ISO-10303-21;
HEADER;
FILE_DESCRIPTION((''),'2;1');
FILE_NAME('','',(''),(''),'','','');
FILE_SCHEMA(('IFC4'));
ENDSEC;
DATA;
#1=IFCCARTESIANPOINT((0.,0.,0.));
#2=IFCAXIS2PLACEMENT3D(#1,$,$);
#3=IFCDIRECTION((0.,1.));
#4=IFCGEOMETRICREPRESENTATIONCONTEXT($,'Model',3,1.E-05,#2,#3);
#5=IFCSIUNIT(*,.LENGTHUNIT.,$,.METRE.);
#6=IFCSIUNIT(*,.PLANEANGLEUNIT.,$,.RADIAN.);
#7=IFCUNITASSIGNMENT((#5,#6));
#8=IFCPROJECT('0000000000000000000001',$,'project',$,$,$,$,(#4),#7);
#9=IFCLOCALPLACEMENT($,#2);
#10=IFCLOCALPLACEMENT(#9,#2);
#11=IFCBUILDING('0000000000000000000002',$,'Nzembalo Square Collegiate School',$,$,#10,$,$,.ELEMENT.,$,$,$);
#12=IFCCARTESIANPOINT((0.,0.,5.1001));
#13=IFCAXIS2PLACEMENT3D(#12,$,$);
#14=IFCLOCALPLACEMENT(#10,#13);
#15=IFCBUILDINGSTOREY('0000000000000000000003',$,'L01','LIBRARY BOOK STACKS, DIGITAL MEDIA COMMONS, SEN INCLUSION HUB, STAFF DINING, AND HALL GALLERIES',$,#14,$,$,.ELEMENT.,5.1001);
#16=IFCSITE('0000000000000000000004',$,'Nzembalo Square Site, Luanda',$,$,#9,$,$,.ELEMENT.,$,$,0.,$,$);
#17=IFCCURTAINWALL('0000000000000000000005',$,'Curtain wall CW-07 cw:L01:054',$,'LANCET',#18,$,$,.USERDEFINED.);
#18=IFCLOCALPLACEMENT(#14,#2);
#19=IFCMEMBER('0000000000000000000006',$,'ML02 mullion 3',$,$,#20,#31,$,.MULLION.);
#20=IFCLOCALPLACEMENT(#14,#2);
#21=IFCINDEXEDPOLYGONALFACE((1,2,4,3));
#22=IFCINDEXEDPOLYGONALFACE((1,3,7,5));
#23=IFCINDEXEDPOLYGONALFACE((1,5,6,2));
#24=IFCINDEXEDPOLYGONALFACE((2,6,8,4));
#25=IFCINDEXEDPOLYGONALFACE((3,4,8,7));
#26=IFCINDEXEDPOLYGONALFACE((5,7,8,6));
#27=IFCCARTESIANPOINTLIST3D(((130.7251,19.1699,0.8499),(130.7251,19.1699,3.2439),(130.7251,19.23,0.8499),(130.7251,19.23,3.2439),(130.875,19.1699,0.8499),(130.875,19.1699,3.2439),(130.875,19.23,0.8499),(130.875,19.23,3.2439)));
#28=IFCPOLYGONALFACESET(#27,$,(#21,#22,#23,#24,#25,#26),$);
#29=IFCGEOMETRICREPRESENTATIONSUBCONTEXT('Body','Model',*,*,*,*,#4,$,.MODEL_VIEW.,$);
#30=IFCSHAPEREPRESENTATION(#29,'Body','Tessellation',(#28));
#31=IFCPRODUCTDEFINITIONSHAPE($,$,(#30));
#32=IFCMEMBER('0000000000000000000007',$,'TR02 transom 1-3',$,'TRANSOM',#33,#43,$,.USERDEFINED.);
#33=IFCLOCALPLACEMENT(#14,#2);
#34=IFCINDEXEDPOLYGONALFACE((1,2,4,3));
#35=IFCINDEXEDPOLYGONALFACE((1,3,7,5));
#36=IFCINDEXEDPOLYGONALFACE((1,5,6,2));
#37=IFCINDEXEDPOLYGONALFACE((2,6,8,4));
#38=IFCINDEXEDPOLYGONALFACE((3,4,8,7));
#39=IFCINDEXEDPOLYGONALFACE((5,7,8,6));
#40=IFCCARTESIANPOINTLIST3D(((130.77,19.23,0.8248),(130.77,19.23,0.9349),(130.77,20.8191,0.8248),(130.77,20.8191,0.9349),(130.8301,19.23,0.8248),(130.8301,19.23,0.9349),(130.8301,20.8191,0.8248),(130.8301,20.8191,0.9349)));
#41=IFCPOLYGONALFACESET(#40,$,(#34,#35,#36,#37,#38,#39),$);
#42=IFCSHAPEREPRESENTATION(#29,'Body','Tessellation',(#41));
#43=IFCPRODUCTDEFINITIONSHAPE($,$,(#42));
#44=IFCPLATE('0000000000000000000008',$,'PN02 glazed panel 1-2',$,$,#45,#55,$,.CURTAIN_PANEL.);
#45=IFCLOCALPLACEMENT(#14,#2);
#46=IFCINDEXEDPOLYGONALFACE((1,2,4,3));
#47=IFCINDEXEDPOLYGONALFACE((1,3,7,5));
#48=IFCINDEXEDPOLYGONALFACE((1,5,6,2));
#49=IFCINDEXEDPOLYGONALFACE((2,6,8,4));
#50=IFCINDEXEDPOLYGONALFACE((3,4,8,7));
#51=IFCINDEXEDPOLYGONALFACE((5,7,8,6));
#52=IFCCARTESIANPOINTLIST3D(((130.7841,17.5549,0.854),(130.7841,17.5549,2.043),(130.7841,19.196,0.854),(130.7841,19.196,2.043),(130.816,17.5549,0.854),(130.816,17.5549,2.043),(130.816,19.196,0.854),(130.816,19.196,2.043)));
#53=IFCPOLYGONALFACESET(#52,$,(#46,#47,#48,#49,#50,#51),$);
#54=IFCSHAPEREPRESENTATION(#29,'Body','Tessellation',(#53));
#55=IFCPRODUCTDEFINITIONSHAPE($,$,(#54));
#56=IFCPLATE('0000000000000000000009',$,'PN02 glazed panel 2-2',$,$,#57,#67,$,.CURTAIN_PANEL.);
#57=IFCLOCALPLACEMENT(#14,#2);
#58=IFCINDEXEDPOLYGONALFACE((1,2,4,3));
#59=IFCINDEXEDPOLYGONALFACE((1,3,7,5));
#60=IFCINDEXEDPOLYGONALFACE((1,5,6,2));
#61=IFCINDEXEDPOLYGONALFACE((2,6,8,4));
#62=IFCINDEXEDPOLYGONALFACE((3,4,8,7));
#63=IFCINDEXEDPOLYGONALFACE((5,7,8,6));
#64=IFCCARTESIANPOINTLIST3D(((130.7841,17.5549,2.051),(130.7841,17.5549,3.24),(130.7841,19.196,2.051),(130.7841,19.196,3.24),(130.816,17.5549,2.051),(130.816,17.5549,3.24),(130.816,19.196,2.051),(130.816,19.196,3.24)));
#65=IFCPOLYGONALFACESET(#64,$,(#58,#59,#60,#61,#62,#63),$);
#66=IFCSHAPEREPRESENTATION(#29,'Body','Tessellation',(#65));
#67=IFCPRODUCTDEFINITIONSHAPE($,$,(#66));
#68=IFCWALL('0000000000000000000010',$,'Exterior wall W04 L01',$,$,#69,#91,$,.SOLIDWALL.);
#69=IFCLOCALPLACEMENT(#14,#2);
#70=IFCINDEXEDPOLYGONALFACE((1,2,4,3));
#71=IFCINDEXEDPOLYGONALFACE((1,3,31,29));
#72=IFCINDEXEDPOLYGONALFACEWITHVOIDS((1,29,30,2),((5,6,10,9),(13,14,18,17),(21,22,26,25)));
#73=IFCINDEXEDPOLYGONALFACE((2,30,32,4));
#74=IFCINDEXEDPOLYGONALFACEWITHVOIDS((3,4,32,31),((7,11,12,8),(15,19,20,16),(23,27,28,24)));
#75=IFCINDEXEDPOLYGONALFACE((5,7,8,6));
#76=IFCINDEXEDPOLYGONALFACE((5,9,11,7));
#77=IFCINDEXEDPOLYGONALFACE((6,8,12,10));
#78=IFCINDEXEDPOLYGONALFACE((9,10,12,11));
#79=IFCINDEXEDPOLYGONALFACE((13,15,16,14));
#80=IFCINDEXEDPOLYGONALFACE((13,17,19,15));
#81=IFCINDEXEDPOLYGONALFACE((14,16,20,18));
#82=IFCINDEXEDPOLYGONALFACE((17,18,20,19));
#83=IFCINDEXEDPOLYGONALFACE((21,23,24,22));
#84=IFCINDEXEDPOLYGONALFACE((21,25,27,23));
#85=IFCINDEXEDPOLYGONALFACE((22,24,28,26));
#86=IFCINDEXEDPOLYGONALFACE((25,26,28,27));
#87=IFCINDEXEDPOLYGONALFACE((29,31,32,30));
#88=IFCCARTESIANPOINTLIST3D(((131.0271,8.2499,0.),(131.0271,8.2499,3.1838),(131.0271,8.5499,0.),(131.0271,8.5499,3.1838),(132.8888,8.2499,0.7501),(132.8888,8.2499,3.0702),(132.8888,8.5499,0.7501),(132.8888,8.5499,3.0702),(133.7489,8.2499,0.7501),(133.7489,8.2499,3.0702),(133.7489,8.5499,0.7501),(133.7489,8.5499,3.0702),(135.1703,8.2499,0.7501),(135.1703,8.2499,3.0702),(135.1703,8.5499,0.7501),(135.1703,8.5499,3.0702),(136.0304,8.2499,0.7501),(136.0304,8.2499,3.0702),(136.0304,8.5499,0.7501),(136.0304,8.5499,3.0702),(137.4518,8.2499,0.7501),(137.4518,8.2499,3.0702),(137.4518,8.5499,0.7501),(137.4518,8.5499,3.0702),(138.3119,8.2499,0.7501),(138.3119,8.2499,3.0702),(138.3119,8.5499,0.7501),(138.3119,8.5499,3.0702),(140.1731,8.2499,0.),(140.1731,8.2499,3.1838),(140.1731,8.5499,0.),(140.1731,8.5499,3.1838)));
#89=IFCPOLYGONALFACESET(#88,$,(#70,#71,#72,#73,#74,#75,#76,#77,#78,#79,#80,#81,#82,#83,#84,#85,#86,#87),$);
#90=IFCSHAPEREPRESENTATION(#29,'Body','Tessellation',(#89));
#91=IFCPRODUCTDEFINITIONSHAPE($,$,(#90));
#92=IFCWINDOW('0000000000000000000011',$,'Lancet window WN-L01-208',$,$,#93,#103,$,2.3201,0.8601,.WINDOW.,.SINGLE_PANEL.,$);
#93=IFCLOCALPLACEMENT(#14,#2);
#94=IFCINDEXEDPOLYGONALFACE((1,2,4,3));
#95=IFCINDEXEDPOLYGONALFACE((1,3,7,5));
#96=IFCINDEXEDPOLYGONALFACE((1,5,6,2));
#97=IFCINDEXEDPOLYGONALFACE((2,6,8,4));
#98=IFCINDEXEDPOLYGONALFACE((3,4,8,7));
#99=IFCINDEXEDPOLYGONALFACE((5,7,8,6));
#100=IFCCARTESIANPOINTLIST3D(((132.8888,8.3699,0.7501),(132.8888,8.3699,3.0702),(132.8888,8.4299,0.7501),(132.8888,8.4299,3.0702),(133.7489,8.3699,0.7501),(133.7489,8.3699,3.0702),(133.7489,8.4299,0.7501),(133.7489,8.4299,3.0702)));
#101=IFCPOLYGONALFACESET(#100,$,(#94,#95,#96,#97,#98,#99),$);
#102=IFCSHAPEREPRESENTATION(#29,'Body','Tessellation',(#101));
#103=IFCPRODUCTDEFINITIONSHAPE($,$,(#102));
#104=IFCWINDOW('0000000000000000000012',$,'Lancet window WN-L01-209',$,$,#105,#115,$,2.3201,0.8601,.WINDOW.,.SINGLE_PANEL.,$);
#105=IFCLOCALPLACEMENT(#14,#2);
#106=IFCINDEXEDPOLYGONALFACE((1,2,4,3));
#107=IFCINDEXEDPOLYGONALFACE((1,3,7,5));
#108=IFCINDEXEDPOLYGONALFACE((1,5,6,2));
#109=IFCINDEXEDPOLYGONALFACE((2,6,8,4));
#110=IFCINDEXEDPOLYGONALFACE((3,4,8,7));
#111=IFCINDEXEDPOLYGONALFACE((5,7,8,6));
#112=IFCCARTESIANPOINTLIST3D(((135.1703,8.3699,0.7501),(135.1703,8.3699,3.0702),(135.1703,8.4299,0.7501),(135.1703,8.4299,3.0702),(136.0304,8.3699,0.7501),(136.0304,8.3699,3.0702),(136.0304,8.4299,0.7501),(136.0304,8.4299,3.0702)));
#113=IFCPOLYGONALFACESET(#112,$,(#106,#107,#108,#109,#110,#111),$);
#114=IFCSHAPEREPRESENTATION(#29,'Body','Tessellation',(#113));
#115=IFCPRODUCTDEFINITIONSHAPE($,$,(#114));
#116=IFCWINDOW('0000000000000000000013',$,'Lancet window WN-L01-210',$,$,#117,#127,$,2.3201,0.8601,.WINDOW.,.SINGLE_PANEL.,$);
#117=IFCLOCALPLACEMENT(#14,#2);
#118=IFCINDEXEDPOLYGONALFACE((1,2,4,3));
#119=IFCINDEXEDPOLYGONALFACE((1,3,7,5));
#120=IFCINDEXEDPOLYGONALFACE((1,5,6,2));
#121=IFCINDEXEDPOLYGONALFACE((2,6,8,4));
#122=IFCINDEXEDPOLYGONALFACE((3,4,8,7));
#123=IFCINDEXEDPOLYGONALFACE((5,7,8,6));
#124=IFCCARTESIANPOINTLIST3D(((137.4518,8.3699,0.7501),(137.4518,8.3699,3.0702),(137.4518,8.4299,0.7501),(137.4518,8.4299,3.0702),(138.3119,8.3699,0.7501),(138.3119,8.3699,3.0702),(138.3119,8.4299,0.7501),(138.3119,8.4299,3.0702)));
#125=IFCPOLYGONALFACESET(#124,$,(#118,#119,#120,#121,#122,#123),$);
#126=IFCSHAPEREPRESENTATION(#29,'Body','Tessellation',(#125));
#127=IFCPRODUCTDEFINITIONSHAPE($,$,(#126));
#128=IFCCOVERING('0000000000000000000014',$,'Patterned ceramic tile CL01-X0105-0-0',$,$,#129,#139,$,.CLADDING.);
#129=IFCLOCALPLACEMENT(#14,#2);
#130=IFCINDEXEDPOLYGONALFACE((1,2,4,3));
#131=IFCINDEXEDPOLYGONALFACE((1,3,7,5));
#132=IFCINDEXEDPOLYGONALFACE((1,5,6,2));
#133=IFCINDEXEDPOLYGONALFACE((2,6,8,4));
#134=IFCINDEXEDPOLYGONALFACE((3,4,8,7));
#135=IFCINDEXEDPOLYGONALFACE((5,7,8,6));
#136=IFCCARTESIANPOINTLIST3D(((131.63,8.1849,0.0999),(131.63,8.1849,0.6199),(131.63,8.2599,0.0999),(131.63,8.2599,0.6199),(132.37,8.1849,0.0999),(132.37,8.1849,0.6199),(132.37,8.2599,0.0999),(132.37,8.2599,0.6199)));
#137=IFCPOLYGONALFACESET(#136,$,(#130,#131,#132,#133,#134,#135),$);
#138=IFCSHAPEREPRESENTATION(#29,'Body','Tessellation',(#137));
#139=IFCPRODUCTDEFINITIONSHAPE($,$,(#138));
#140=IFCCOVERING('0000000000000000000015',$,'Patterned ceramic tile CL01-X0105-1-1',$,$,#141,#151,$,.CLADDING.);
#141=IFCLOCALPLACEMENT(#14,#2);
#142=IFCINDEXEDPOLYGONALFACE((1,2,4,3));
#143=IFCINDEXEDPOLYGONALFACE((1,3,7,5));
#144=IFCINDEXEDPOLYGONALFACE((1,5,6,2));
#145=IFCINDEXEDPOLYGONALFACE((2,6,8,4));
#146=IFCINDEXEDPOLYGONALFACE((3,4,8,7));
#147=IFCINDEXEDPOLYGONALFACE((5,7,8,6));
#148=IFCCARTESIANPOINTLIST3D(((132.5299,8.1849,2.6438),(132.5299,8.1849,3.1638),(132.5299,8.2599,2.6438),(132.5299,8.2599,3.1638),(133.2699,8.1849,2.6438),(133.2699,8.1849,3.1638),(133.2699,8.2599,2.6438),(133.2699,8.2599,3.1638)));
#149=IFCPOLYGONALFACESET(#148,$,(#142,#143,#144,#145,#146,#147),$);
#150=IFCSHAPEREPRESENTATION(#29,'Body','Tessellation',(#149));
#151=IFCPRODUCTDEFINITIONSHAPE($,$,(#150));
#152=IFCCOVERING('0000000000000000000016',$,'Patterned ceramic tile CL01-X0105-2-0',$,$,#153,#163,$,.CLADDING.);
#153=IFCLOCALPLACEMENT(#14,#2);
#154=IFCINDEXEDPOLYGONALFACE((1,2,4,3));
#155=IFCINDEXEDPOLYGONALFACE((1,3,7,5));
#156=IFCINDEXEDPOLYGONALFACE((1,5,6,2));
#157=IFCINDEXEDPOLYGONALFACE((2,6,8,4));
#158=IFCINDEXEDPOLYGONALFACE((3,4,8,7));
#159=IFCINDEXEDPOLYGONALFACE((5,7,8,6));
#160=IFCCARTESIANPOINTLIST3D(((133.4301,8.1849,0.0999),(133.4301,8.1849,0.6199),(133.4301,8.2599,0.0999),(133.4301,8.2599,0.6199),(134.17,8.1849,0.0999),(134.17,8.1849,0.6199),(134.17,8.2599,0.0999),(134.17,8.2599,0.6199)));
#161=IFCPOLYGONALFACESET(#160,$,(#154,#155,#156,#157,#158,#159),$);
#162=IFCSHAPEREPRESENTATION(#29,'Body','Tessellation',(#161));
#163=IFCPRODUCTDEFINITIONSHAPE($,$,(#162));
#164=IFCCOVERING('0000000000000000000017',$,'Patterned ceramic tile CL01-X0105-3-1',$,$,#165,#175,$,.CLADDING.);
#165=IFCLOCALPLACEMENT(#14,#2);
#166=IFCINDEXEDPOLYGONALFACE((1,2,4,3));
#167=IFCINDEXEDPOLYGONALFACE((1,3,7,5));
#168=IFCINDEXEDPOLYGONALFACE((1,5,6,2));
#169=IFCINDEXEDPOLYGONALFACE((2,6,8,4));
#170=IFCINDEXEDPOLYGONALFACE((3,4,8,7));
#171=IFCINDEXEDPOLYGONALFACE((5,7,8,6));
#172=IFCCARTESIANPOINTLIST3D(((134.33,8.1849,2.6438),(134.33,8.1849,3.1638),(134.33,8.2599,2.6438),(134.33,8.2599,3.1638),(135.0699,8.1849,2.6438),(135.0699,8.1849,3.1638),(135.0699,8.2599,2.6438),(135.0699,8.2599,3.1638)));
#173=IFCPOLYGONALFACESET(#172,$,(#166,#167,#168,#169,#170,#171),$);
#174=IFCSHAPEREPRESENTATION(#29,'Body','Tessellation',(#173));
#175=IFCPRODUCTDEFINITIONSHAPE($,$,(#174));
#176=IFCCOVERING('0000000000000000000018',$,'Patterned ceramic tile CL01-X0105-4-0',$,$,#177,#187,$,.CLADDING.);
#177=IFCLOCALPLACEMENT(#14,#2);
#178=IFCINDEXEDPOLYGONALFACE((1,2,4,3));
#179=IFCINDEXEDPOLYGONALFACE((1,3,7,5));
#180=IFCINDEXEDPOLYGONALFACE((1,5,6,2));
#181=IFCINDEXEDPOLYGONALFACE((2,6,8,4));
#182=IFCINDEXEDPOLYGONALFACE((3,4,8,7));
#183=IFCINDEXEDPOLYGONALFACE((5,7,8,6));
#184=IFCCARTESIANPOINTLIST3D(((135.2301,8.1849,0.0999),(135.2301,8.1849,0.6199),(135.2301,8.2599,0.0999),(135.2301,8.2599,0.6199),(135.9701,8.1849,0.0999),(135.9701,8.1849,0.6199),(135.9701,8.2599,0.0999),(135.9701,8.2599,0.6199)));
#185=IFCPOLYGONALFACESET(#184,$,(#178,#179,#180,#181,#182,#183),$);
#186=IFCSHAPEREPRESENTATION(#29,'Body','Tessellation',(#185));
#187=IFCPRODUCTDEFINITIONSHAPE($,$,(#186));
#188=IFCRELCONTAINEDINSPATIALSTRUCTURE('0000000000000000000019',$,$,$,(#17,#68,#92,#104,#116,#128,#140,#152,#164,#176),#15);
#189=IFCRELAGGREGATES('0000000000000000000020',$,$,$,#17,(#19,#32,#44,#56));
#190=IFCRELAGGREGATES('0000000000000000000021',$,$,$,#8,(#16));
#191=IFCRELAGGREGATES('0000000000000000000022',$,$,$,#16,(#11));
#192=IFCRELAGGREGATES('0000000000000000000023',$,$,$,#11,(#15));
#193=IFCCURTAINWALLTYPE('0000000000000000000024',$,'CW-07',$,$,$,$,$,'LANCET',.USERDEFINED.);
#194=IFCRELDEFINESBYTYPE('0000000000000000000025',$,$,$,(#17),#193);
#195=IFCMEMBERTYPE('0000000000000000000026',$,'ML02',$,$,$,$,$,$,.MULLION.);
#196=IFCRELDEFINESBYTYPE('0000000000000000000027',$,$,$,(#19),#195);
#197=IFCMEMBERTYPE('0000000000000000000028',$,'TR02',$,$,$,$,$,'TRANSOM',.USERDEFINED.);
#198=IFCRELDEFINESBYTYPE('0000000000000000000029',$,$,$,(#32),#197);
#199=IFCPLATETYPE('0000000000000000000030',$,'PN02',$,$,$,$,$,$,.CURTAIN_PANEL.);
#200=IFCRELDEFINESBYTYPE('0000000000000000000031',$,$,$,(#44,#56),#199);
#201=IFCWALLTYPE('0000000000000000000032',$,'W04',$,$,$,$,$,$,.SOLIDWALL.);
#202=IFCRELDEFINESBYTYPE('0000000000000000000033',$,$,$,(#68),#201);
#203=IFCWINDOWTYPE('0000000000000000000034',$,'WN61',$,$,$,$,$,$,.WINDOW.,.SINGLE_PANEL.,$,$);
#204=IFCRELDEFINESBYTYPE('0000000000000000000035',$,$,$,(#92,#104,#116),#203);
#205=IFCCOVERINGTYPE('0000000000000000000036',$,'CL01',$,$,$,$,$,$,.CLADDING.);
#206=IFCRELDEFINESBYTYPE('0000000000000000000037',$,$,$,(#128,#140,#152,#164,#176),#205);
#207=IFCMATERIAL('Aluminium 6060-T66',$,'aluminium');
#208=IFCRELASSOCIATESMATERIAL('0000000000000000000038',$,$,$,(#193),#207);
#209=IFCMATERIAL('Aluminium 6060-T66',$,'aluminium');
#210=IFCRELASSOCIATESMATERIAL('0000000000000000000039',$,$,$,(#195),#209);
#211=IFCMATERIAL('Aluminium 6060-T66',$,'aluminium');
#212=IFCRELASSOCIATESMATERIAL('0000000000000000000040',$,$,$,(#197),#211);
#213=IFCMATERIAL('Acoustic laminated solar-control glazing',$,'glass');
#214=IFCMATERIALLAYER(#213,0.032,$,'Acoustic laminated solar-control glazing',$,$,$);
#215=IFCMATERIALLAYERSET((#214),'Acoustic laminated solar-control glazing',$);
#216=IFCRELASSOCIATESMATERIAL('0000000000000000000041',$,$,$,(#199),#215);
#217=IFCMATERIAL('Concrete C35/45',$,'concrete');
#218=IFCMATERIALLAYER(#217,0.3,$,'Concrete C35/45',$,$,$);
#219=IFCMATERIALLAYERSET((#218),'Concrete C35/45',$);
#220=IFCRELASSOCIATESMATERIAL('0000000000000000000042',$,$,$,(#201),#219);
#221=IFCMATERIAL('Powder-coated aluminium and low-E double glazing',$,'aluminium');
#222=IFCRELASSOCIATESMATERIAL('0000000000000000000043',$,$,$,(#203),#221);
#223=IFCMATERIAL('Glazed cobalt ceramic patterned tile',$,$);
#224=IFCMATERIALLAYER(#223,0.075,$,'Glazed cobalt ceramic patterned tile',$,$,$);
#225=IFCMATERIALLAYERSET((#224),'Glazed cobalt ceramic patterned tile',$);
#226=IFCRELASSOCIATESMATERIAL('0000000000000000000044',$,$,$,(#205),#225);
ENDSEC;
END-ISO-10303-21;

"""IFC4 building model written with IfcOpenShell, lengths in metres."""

from ifc_helpers import new_model, si_unit, direction, frame, frame_2d, origin, origin_2d, place, context, subcontext, project, spatial, rectangle, extrude, material, layer, layer_set, material_profile, profile_set, type_object, element, fill, aggregate, save


model = new_model("IFC4")

# Units and contexts
model_context = context("Model", 3, precision=1e-05, world=origin(), true_north=direction((0.0, 1.0)))
body_context = subcontext(model_context, "Body", "Model", "MODEL_VIEW")
ifc_project = project(units=[si_unit("LENGTHUNIT", "METRE"), si_unit("PLANEANGLEUNIT", "RADIAN")], contexts=[model_context])

# Site, building, storey
site_placement = place(None, origin())
site = spatial("IfcSite", under=ifc_project, at=site_placement, Name="Nzembalo Square Site, Luanda", CompositionType="ELEMENT", RefElevation=0.0)
building_placement = place(site_placement, origin())
building = spatial("IfcBuilding", under=site, at=building_placement, Name="Nzembalo Square Collegiate School", CompositionType="ELEMENT")
storey_placement = place(building_placement, frame((0.0, 0.0, 5.1001)))
storey = spatial("IfcBuildingStorey", under=building, at=storey_placement, Name="L01", Description="LIBRARY BOOK STACKS, DIGITAL MEDIA COMMONS, SEN INCLUSION HUB, STAFF DINING, AND HALL GALLERIES", CompositionType="ELEMENT", Elevation=5.1001)

# Curtain wall, members, plates
ifc_material_1 = material(Name="Aluminium 6060-T66", Category="aluminium")
curtain_wall_type = type_object("IfcCurtainWallType", Name="CW-07", ElementType="LANCET", PredefinedType="USERDEFINED", material=ifc_material_1)
curtain_wall_placement = place(storey_placement, origin())
curtain_wall = element("IfcCurtainWall", 1, at=curtain_wall_placement, inside=storey, type_object=curtain_wall_type, Name="Curtain wall CW-07 cw:L01:054", ObjectType="LANCET", PredefinedType="USERDEFINED")
ifc_material_2 = material(Name="Aluminium 6060-T66", Category="aluminium")
ifc_material_profile_1 = material_profile(ifc_material_2, rectangle(XDim=0.0601, YDim=0.1499, at=origin_2d()), Name="ALU M60x150")
ifc_profile_set_1 = profile_set([ifc_material_profile_1], Name="Aluminium 6060-T66")
member_type_1 = type_object("IfcMemberType", Name="ML02", PredefinedType="MULLION", material=ifc_profile_set_1)
member_1_placement = place(storey_placement, frame((130.8, 19.2, 0.8499), z_axis=(0.0, 0.0, 1.0), x_axis=(0.0, 1.0, 0.0)))
member_1 = element("IfcMember", 2, at=member_1_placement, type_object=member_type_1, Name="ML02 mullion 3", PredefinedType="MULLION", context=body_context, shape_type="SweptSolid", body=[
    extrude(rectangle(XDim=0.0601, YDim=0.1499, at=origin_2d()), origin(), (0.0, 0.0, 1.0), 2.394),
])
ifc_material_3 = material(Name="Aluminium 6060-T66", Category="aluminium")
ifc_material_profile_2 = material_profile(ifc_material_3, rectangle(XDim=0.0601, YDim=0.1101, at=origin_2d()), Name="ALU T60x110")
ifc_profile_set_2 = profile_set([ifc_material_profile_2], Name="Aluminium 6060-T66")
member_type_2 = type_object("IfcMemberType", Name="TR02", ElementType="TRANSOM", PredefinedType="USERDEFINED", material=ifc_profile_set_2)
member_2_placement = place(storey_placement, frame((130.8, 19.23, 0.8799), z_axis=(0.0, 1.0, 0.0), x_axis=(-1.0, 0.0, 0.0)))
member_2 = element("IfcMember", 3, at=member_2_placement, type_object=member_type_2, Name="TR02 transom 1-3", ObjectType="TRANSOM", PredefinedType="USERDEFINED", context=body_context, shape_type="SweptSolid", body=[
    extrude(rectangle(XDim=0.0601, YDim=0.1101, at=origin_2d()), origin(), (0.0, 0.0, 1.0), 1.5891),
])
ifc_material_4 = material(Name="Acoustic laminated solar-control glazing", Category="glass")
ifc_layer_1 = layer(ifc_material_4, 0.032, Name="Acoustic laminated solar-control glazing")
ifc_layer_set_1 = layer_set([ifc_layer_1], Name="Acoustic laminated solar-control glazing")
plate_type = type_object("IfcPlateType", Name="PN02", PredefinedType="CURTAIN_PANEL", material=ifc_layer_set_1)
plate_1_placement = place(storey_placement, frame((130.8, 18.3755, 0.854), z_axis=(0.0, 0.0, 1.0), x_axis=(0.0, 1.0, 0.0)))
plate_1 = element("IfcPlate", 4, at=plate_1_placement, type_object=plate_type, Name="PN02 glazed panel 1-2", PredefinedType="CURTAIN_PANEL", context=body_context, shape_type="SweptSolid", body=[
    extrude(rectangle(XDim=1.6411, YDim=0.032, at=origin_2d()), origin(), (0.0, 0.0, 1.0), 1.189),
])
plate_2_placement = place(storey_placement, frame((130.8, 18.3755, 2.051), z_axis=(0.0, 0.0, 1.0), x_axis=(0.0, 1.0, 0.0)))
plate_2 = element("IfcPlate", 5, at=plate_2_placement, type_object=plate_type, Name="PN02 glazed panel 2-2", PredefinedType="CURTAIN_PANEL", context=body_context, shape_type="SweptSolid", body=[
    extrude(rectangle(XDim=1.6411, YDim=0.032, at=origin_2d()), origin(), (0.0, 0.0, 1.0), 1.189),
])
aggregate(curtain_wall, [member_1, member_2, plate_1, plate_2])

# Wall, openings, windows
ifc_material_5 = material(Name="Concrete C35/45", Category="concrete")
ifc_layer_2 = layer(ifc_material_5, 0.3, Name="Concrete C35/45")
ifc_layer_set_2 = layer_set([ifc_layer_2], Name="Concrete C35/45")
wall_type = type_object("IfcWallType", Name="W04", PredefinedType="SOLIDWALL", material=ifc_layer_set_2)
wall_placement = place(storey_placement, frame((131.0271, 8.3999, 0.0), z_axis=(0.0, 0.0, 1.0), x_axis=(1.0, 0.0, 0.0)))
wall = element("IfcWall", 6, at=wall_placement, inside=storey, type_object=wall_type, Name="Exterior wall W04 L01", PredefinedType="SOLIDWALL", context=body_context, shape_type="SweptSolid", body=[
    extrude(rectangle(XDim=9.146, YDim=0.3, at=frame_2d((4.573, 0.0))), origin(), (0.0, 0.0, 1.0), 3.1838),
])
opening_1_placement = place(wall_placement, frame((1.8616, 0.0, 0.75)))
opening_1 = element("IfcOpeningElement", 7, at=opening_1_placement, cuts=wall, PredefinedType="OPENING", context=body_context, shape_type="SweptSolid", body=[
    extrude(rectangle(XDim=0.8601, YDim=2.3201, at=frame_2d((0.4302, 1.1602))), frame((0.0, 0.1602, 0.0), z_axis=(0.0, -1.0, 0.0), x_axis=(1.0, 0.0, 0.0)), (0.0, 0.0, 1.0), 0.3201),
])
opening_2_placement = place(wall_placement, frame((4.1431, 0.0, 0.75)))
opening_2 = element("IfcOpeningElement", 8, at=opening_2_placement, cuts=wall, PredefinedType="OPENING", context=body_context, shape_type="SweptSolid", body=[
    extrude(rectangle(XDim=0.8601, YDim=2.3201, at=frame_2d((0.4302, 1.1602))), frame((0.0, 0.1602, 0.0), z_axis=(0.0, -1.0, 0.0), x_axis=(1.0, 0.0, 0.0)), (0.0, 0.0, 1.0), 0.3201),
])
opening_3_placement = place(wall_placement, frame((6.4246, 0.0, 0.75)))
opening_3 = element("IfcOpeningElement", 9, at=opening_3_placement, cuts=wall, PredefinedType="OPENING", context=body_context, shape_type="SweptSolid", body=[
    extrude(rectangle(XDim=0.8601, YDim=2.3201, at=frame_2d((0.4302, 1.1602))), frame((0.0, 0.1602, 0.0), z_axis=(0.0, -1.0, 0.0), x_axis=(1.0, 0.0, 0.0)), (0.0, 0.0, 1.0), 0.3201),
])
ifc_material_6 = material(Name="Powder-coated aluminium and low-E double glazing", Category="aluminium")
window_type = type_object("IfcWindowType", Name="WN61", PartitioningType="SINGLE_PANEL", PredefinedType="WINDOW", material=ifc_material_6)
window_1_placement = place(opening_1_placement, origin())
window_1 = element("IfcWindow", 10, at=window_1_placement, inside=storey, type_object=window_type, Name="Lancet window WN-L01-208", OverallHeight=2.3201, OverallWidth=0.8601, PartitioningType="SINGLE_PANEL", PredefinedType="WINDOW", context=body_context, shape_type="SweptSolid", body=[
    extrude(rectangle(XDim=0.8601, YDim=2.3201, at=frame_2d((0.4302, 1.1602))), frame((0.0, 0.03, 0.0), z_axis=(0.0, -1.0, 0.0), x_axis=(1.0, 0.0, 0.0)), (0.0, 0.0, 1.0), 0.0601),
])
fill(opening_1, window_1)
window_2_placement = place(opening_2_placement, origin())
window_2 = element("IfcWindow", 11, at=window_2_placement, inside=storey, type_object=window_type, Name="Lancet window WN-L01-209", OverallHeight=2.3201, OverallWidth=0.8601, PartitioningType="SINGLE_PANEL", PredefinedType="WINDOW", context=body_context, shape_type="SweptSolid", body=[
    extrude(rectangle(XDim=0.8601, YDim=2.3201, at=frame_2d((0.4302, 1.1602))), frame((0.0, 0.03, 0.0), z_axis=(0.0, -1.0, 0.0), x_axis=(1.0, 0.0, 0.0)), (0.0, 0.0, 1.0), 0.0601),
])
fill(opening_2, window_2)
window_3_placement = place(opening_3_placement, origin())
window_3 = element("IfcWindow", 12, at=window_3_placement, inside=storey, type_object=window_type, Name="Lancet window WN-L01-210", OverallHeight=2.3201, OverallWidth=0.8601, PartitioningType="SINGLE_PANEL", PredefinedType="WINDOW", context=body_context, shape_type="SweptSolid", body=[
    extrude(rectangle(XDim=0.8601, YDim=2.3201, at=frame_2d((0.4302, 1.1602))), frame((0.0, 0.03, 0.0), z_axis=(0.0, -1.0, 0.0), x_axis=(1.0, 0.0, 0.0)), (0.0, 0.0, 1.0), 0.0601),
])
fill(opening_3, window_3)

# Coverings
ifc_material_7 = material(Name="Glazed cobalt ceramic patterned tile")
ifc_layer_3 = layer(ifc_material_7, 0.075, Name="Glazed cobalt ceramic patterned tile")
ifc_layer_set_3 = layer_set([ifc_layer_3], Name="Glazed cobalt ceramic patterned tile")
covering_type_1 = type_object("IfcCoveringType", Name="CL01", PredefinedType="CLADDING", material=ifc_layer_set_3)
for number, where, z_axis, x_axis, name in (
    (13, (132.0, 8.2224, 0.0999), (0.0, 0.0, 1.0), (1.0, 0.0, 0.0), "Patterned ceramic tile CL01-X0105-0-0"),
    (14, (132.8999, 8.2224, 2.6438), (0.0, 0.0, 1.0), (1.0, 0.0, 0.0), "Patterned ceramic tile CL01-X0105-1-1"),
    (15, (133.8, 8.2224, 0.0999), (0.0, 0.0, 1.0), (1.0, 0.0, 0.0), "Patterned ceramic tile CL01-X0105-2-0"),
    (16, (134.7, 8.2224, 2.6438), (0.0, 0.0, 1.0), (1.0, 0.0, 0.0), "Patterned ceramic tile CL01-X0105-3-1"),
    (17, (135.6001, 8.2224, 0.0999), (0.0, 0.0, 1.0), (1.0, 0.0, 0.0), "Patterned ceramic tile CL01-X0105-4-0"),
):
    element("IfcCovering", number, at=place(storey_placement, frame(where, z_axis=z_axis, x_axis=x_axis)), inside=storey, type_object=covering_type_1, Name=name, PredefinedType="CLADDING", context=body_context, shape_type="SweptSolid", body=[
        extrude(rectangle(XDim=0.74, YDim=0.075, at=origin_2d()), origin(), (0.0, 0.0, 1.0), 0.52),
    ])

save(model, "model.ifc")
